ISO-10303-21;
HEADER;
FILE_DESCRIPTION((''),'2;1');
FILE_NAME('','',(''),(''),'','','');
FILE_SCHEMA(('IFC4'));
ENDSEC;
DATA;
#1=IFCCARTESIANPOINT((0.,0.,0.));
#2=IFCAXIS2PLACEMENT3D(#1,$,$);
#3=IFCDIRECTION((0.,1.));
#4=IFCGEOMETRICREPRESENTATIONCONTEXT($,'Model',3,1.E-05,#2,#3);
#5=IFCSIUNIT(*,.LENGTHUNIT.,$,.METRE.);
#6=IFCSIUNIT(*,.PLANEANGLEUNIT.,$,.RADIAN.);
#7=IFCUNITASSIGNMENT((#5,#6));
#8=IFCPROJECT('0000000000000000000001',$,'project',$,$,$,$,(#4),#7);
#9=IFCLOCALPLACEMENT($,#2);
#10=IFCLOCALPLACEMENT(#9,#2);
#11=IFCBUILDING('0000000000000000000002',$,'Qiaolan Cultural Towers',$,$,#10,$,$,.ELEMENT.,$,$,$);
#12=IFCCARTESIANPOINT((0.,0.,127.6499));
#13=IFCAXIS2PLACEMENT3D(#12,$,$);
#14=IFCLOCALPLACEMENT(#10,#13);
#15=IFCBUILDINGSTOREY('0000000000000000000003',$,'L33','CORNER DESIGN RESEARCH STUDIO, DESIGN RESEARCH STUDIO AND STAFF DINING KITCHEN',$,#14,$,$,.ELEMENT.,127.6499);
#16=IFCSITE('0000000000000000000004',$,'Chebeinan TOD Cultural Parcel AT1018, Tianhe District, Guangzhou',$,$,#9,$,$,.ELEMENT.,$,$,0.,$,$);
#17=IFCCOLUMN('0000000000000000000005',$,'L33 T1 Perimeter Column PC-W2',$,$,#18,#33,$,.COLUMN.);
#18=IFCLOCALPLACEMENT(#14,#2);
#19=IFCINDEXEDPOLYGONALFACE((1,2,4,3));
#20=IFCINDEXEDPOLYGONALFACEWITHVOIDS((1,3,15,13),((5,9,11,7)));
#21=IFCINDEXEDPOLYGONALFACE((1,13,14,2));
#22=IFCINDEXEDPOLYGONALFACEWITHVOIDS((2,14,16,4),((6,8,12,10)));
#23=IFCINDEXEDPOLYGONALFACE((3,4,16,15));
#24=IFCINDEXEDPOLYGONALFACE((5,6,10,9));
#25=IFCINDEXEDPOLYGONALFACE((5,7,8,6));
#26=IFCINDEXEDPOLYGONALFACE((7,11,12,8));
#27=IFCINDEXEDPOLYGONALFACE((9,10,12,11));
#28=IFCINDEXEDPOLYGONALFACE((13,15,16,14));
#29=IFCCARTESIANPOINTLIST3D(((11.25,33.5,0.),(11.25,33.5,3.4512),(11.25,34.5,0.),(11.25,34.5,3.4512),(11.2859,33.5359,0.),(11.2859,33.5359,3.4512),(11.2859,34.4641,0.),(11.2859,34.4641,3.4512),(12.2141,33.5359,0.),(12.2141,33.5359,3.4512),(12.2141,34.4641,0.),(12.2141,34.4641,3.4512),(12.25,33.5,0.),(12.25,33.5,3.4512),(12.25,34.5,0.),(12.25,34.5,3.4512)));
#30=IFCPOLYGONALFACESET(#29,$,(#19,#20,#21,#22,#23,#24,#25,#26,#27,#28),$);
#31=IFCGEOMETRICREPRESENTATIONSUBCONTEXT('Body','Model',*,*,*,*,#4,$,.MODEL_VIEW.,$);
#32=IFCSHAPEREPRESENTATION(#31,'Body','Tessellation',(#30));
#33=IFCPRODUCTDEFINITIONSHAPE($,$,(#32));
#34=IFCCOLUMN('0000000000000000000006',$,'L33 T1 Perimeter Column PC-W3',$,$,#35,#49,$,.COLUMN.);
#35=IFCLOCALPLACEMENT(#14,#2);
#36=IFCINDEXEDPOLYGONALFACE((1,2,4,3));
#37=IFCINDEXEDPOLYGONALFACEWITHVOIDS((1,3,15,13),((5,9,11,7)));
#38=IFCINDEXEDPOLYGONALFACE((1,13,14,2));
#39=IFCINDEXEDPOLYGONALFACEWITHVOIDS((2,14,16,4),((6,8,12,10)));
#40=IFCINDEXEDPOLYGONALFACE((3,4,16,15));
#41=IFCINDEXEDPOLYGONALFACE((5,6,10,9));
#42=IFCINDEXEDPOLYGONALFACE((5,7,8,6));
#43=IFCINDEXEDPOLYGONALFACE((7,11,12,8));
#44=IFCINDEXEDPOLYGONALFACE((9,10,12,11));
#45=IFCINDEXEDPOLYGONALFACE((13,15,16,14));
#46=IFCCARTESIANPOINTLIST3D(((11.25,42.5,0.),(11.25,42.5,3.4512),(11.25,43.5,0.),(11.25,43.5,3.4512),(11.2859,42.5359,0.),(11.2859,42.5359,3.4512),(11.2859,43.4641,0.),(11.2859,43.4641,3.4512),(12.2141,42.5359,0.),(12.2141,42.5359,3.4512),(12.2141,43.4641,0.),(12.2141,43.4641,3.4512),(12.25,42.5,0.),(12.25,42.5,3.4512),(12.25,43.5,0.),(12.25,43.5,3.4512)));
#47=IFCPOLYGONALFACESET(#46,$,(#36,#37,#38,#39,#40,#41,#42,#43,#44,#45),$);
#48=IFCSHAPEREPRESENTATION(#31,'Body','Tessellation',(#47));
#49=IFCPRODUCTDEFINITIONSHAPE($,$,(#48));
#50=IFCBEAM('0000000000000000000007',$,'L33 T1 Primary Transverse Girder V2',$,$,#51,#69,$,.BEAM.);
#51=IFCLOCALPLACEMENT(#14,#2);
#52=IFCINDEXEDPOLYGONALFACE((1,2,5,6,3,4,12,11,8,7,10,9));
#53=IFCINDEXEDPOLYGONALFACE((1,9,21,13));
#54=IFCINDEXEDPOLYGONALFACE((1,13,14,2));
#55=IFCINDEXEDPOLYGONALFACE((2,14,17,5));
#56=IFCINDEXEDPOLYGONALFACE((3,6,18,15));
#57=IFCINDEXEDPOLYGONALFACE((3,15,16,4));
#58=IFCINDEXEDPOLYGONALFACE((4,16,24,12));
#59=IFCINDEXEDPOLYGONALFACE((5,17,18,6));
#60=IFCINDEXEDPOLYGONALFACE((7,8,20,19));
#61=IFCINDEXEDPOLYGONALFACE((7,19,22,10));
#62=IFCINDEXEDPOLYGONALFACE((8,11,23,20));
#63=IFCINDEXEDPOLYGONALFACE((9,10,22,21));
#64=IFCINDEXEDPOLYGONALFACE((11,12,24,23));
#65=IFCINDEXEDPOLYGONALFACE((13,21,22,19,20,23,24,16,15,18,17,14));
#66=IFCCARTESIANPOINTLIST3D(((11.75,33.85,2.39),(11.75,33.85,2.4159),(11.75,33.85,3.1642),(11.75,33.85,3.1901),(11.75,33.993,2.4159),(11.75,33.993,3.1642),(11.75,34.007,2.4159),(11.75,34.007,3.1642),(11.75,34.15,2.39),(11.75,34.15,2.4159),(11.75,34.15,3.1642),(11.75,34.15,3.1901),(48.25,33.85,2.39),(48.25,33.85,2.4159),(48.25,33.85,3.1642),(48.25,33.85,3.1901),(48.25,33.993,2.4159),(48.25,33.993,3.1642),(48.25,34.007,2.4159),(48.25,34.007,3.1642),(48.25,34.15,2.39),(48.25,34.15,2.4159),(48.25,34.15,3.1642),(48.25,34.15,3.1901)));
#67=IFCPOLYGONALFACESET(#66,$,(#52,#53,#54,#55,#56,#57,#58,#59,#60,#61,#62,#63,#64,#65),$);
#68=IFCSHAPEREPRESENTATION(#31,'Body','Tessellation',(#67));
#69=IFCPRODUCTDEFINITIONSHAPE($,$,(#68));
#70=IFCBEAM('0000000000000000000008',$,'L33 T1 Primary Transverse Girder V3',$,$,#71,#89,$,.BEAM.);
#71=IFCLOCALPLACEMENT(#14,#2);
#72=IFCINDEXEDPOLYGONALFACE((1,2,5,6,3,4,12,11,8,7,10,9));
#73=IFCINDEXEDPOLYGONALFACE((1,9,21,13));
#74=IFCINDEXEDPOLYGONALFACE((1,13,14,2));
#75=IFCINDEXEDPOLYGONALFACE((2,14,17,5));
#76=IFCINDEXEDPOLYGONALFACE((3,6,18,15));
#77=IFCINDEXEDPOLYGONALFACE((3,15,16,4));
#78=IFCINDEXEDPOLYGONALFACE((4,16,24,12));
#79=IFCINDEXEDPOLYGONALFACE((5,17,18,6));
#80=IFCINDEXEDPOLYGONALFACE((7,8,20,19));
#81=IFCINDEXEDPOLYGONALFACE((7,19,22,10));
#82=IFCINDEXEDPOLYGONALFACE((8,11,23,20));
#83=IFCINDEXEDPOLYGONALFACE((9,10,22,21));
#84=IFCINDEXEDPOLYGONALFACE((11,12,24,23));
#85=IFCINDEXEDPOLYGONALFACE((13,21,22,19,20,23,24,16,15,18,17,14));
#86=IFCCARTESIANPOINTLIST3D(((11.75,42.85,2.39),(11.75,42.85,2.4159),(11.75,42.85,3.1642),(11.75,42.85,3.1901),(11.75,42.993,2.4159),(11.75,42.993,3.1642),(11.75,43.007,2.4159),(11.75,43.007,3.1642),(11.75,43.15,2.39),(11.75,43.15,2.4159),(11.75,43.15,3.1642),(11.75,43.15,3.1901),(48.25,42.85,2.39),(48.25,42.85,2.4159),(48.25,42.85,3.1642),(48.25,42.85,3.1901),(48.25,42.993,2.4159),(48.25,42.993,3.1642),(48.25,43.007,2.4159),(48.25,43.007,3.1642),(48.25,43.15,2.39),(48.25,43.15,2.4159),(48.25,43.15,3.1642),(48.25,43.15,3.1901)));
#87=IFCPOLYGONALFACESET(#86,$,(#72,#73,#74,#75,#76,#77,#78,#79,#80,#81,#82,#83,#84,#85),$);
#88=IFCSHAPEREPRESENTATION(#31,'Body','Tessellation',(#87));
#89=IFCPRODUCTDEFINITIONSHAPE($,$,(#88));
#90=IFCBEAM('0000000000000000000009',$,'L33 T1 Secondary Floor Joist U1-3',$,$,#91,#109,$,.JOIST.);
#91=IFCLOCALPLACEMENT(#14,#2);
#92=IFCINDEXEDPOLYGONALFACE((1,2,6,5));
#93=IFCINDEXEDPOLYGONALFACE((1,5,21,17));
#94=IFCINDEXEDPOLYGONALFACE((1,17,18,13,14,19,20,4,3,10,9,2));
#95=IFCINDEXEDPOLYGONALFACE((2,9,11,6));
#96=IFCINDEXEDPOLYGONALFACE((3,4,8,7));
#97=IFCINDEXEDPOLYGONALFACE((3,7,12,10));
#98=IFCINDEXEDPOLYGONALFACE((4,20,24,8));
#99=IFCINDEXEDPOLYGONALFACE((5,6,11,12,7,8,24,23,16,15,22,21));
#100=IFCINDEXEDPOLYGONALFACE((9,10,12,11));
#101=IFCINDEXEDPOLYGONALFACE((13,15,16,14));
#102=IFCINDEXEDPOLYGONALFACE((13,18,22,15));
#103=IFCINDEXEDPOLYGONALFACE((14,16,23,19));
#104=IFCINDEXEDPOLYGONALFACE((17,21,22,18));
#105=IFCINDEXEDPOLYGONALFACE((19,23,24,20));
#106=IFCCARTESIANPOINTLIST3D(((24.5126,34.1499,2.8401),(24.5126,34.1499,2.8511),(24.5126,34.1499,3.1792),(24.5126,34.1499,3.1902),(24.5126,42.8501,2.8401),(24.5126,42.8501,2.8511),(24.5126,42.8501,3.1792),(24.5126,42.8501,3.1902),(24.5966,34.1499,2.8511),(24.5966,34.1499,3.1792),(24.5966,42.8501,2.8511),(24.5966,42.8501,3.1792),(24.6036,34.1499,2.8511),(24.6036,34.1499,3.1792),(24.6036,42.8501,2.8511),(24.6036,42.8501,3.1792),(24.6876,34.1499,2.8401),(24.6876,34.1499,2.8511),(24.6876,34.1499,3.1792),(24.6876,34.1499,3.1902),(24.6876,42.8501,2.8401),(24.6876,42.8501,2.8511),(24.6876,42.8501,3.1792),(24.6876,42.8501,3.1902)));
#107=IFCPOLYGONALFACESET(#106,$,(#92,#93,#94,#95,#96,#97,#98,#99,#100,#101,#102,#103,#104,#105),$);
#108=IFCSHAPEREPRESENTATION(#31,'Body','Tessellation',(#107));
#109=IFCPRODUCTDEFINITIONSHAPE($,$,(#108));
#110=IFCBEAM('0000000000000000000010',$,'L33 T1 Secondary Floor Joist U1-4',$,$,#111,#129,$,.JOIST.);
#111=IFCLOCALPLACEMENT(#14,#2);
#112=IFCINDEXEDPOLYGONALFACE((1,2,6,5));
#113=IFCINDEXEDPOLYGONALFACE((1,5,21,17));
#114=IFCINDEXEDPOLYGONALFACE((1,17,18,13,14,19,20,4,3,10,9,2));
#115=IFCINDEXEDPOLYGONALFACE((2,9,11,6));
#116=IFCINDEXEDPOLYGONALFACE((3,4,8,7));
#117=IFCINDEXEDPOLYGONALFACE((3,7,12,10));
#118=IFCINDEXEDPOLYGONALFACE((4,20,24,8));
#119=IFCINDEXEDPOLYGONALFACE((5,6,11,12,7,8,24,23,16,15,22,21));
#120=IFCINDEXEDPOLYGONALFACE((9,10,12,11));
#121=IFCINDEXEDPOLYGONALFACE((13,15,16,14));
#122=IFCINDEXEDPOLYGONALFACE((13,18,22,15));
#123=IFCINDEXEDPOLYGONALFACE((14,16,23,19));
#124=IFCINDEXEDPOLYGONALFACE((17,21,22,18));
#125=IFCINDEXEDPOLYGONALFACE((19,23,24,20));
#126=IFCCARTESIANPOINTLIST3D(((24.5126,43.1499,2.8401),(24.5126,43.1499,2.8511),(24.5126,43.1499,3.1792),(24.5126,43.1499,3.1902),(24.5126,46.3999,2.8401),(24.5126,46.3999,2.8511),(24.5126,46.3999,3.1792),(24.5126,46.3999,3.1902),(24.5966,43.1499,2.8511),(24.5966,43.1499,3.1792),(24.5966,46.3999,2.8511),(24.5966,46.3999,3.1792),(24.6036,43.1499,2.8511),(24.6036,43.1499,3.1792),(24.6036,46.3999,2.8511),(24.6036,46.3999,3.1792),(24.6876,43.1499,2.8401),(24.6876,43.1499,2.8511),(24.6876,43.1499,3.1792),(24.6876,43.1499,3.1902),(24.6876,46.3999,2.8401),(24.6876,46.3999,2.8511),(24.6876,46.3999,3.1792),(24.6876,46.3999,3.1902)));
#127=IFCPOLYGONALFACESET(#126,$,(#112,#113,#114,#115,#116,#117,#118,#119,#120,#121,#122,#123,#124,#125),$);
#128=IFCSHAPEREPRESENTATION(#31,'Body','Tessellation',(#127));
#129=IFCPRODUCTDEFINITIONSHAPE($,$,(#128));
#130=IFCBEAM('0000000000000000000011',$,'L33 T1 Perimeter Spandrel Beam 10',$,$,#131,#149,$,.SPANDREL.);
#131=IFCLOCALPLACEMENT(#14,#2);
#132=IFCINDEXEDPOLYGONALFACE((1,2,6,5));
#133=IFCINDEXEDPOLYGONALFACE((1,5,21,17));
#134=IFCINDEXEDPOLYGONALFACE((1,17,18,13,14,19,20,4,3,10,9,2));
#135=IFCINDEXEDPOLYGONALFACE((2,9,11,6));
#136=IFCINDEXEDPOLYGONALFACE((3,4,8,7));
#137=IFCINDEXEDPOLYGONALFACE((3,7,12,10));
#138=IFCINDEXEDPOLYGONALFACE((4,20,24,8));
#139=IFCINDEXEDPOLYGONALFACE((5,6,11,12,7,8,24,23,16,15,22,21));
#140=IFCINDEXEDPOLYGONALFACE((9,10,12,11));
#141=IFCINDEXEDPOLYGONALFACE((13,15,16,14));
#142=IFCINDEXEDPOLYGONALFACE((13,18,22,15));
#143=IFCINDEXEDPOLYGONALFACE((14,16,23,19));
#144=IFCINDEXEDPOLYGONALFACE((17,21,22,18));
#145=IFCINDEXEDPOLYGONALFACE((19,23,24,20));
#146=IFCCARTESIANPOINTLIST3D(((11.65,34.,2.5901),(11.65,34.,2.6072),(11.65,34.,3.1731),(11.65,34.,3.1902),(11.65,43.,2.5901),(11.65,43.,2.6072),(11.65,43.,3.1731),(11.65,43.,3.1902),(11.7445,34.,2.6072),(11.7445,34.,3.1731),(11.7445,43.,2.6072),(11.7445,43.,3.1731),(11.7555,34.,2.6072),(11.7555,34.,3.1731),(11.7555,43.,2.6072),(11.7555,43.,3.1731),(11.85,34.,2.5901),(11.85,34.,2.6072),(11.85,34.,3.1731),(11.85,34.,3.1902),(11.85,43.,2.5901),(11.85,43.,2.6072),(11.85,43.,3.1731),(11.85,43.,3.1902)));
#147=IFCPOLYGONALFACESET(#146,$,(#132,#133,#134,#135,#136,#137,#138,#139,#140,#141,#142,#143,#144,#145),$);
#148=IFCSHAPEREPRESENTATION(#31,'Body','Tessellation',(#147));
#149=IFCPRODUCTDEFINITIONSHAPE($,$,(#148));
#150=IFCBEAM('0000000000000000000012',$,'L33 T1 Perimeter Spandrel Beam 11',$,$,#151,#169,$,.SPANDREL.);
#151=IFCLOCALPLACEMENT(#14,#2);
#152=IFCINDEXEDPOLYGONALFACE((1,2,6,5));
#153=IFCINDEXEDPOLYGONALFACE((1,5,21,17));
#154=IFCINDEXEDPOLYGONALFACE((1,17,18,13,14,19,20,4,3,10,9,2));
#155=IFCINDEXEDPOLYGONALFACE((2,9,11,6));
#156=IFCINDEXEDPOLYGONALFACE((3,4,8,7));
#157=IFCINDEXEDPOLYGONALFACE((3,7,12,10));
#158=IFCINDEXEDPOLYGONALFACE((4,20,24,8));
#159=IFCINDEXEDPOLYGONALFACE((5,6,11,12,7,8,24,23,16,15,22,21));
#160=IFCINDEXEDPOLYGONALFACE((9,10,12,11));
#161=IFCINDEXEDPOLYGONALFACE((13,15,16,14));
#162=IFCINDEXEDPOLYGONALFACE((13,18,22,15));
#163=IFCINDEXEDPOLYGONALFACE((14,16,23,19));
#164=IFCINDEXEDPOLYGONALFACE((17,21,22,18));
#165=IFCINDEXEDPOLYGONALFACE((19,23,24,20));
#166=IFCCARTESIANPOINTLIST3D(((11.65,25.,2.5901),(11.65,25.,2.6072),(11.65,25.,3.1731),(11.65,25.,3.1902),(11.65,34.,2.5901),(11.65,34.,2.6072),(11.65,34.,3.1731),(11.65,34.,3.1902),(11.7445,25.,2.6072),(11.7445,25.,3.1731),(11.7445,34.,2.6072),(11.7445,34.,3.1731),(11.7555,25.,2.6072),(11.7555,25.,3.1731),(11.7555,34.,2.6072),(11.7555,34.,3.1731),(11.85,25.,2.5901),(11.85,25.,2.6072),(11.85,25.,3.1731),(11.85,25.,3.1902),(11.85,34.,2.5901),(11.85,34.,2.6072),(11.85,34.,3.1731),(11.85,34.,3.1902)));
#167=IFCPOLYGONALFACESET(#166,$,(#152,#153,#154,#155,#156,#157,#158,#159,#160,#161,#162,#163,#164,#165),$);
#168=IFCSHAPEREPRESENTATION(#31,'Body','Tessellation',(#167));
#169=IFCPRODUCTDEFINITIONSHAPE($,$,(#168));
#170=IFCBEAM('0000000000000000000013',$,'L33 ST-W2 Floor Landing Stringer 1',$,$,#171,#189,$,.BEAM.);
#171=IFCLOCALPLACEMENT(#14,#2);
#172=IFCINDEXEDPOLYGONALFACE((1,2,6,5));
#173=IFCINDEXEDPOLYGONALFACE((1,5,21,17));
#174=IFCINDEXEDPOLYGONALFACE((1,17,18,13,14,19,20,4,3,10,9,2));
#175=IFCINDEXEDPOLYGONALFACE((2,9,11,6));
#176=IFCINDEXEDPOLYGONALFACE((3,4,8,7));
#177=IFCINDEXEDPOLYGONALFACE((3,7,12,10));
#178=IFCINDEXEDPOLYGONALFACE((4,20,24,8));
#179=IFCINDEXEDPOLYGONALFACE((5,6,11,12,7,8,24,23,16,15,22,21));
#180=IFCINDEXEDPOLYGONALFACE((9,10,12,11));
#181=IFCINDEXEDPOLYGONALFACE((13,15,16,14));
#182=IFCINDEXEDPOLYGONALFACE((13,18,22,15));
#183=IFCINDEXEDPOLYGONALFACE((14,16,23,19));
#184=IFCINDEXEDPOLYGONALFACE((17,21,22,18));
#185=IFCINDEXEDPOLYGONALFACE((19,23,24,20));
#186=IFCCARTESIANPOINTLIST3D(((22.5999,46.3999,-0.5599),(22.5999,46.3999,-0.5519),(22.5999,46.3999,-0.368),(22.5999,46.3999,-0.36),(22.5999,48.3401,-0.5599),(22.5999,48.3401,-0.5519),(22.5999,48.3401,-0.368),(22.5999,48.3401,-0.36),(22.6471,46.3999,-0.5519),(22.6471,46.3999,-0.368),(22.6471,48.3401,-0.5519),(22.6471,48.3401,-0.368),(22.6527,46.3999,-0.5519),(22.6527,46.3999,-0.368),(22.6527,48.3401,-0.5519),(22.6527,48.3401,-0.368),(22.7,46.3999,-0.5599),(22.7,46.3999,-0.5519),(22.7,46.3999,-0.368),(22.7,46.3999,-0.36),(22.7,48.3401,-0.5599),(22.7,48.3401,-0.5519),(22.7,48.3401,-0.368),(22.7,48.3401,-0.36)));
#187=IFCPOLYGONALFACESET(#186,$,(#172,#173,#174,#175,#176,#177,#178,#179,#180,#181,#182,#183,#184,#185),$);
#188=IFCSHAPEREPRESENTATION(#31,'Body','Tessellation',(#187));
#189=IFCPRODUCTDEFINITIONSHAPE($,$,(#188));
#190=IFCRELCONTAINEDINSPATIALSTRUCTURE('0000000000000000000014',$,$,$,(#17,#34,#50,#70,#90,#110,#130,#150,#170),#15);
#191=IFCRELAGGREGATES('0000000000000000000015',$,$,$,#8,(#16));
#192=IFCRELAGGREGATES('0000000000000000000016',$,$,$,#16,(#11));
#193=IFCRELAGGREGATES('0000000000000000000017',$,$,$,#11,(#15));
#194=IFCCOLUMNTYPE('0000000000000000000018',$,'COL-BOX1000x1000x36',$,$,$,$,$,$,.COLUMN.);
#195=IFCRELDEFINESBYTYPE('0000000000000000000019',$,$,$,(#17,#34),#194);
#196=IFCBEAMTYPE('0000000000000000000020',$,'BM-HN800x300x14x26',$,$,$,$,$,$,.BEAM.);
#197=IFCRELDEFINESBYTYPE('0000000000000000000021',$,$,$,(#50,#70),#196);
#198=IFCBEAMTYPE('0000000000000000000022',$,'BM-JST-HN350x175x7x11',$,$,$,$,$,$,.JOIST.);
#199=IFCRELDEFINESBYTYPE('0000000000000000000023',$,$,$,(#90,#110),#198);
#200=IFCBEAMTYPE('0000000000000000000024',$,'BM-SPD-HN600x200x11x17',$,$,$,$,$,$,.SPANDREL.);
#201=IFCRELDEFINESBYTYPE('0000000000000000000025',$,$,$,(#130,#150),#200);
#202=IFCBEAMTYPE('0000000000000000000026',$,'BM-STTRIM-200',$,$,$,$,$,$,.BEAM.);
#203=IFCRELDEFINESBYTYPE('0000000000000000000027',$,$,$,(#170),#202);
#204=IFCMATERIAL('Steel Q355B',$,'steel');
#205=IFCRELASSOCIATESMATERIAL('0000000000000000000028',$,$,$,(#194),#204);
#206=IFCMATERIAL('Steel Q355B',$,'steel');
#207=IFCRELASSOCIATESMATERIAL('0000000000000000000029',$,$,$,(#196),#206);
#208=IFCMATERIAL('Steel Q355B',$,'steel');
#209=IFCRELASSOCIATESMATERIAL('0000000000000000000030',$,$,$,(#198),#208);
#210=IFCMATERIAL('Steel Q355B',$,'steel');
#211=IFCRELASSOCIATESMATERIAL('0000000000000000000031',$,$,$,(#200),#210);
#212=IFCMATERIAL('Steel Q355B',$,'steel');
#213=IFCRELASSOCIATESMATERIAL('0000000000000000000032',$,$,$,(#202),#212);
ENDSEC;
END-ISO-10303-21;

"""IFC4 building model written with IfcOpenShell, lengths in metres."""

from ifc_helpers import new_model, si_unit, direction, frame, origin, origin_2d, place, context, subcontext, project, spatial, hollow_rectangle, i_section, extrude, material, material_profile, profile_set, type_object, element, save


model = new_model("IFC4")

# Units and contexts
model_context = context("Model", 3, precision=1e-05, world=origin(), true_north=direction((0.0, 1.0)))
body_context = subcontext(model_context, "Body", "Model", "MODEL_VIEW")
ifc_project = project(units=[si_unit("LENGTHUNIT", "METRE"), si_unit("PLANEANGLEUNIT", "RADIAN")], contexts=[model_context])

# Site, building, storey
site_placement = place(None, origin())
site = spatial("IfcSite", under=ifc_project, at=site_placement, Name="Chebeinan TOD Cultural Parcel AT1018, Tianhe District, Guangzhou", CompositionType="ELEMENT", RefElevation=0.0)
building_placement = place(site_placement, origin())
building = spatial("IfcBuilding", under=site, at=building_placement, Name="Qiaolan Cultural Towers", CompositionType="ELEMENT")
storey_placement = place(building_placement, frame((0.0, 0.0, 127.6499)))
storey = spatial("IfcBuildingStorey", under=building, at=storey_placement, Name="L33", Description="CORNER DESIGN RESEARCH STUDIO, DESIGN RESEARCH STUDIO AND STAFF DINING KITCHEN", CompositionType="ELEMENT", Elevation=127.6499)

# Columns
ifc_material_1 = material(Name="Steel Q355B", Category="steel")
ifc_material_profile_1 = material_profile(ifc_material_1, hollow_rectangle(XDim=1.0, YDim=1.0, WallThickness=0.0359, at=origin_2d()), Name="BOX1000x1000x36")
ifc_profile_set_1 = profile_set([ifc_material_profile_1], Name="Steel Q355B")
column_type = type_object("IfcColumnType", Name="COL-BOX1000x1000x36", PredefinedType="COLUMN", material=ifc_profile_set_1)
for number, where, z_axis, x_axis, name in (
    (1, (11.75, 34.0, 0.0), (0.0, 0.0, 1.0), (1.0, 0.0, 0.0), "L33 T1 Perimeter Column PC-W2"),
    (2, (11.75, 43.0, 0.0), (0.0, 0.0, 1.0), (1.0, 0.0, 0.0), "L33 T1 Perimeter Column PC-W3"),
):
    element("IfcColumn", number, at=place(storey_placement, frame(where, z_axis=z_axis, x_axis=x_axis)), inside=storey, type_object=column_type, Name=name, PredefinedType="COLUMN", context=body_context, shape_type="SweptSolid", body=[
        extrude(hollow_rectangle(XDim=1.0, YDim=1.0, WallThickness=0.0359, at=origin_2d()), origin(), (0.0, 0.0, 1.0), 3.4512),
    ])

# Beams
ifc_material_2 = material(Name="Steel Q355B", Category="steel")
ifc_material_profile_2 = material_profile(ifc_material_2, i_section(OverallWidth=0.3, OverallDepth=0.8, WebThickness=0.0139, FlangeThickness=0.0259, at=origin_2d()), Name="HN800x300x14x26")
ifc_profile_set_2 = profile_set([ifc_material_profile_2], Name="Steel Q355B")
beam_type_1 = type_object("IfcBeamType", Name="BM-HN800x300x14x26", PredefinedType="BEAM", material=ifc_profile_set_2)
for number, where, z_axis, x_axis, name in (
    (3, (11.75, 34.0, 2.79), (1.0, 0.0, 0.0), (0.0, 1.0, 0.0), "L33 T1 Primary Transverse Girder V2"),
    (4, (11.75, 43.0, 2.79), (1.0, 0.0, 0.0), (0.0, 1.0, 0.0), "L33 T1 Primary Transverse Girder V3"),
):
    element("IfcBeam", number, at=place(storey_placement, frame(where, z_axis=z_axis, x_axis=x_axis)), inside=storey, type_object=beam_type_1, Name=name, PredefinedType="BEAM", context=body_context, shape_type="SweptSolid", body=[
        extrude(i_section(OverallWidth=0.3, OverallDepth=0.8, WebThickness=0.0139, FlangeThickness=0.0259, at=origin_2d()), origin(), (0.0, 0.0, 1.0), 36.5),
    ])
ifc_material_3 = material(Name="Steel Q355B", Category="steel")
ifc_material_profile_3 = material_profile(ifc_material_3, i_section(OverallWidth=0.175, OverallDepth=0.3501, WebThickness=0.0071, FlangeThickness=0.011, at=origin_2d()), Name="HN350x175x7x11")
ifc_profile_set_3 = profile_set([ifc_material_profile_3], Name="Steel Q355B")
beam_type_2 = type_object("IfcBeamType", Name="BM-JST-HN350x175x7x11", PredefinedType="JOIST", material=ifc_profile_set_3)
beam_1_placement = place(storey_placement, frame((24.6001, 34.1499, 3.0151), z_axis=(0.0, 1.0, 0.0), x_axis=(-1.0, 0.0, 0.0)))
element("IfcBeam", 5, at=beam_1_placement, inside=storey, type_object=beam_type_2, Name="L33 T1 Secondary Floor Joist U1-3", PredefinedType="JOIST", context=body_context, shape_type="SweptSolid", body=[
    extrude(i_section(OverallWidth=0.175, OverallDepth=0.3501, WebThickness=0.0071, FlangeThickness=0.011, at=origin_2d()), origin(), (0.0, 0.0, 1.0), 8.7002),
])
beam_2_placement = place(storey_placement, frame((24.6001, 43.1499, 3.0151), z_axis=(0.0, 1.0, 0.0), x_axis=(-1.0, 0.0, 0.0)))
element("IfcBeam", 6, at=beam_2_placement, inside=storey, type_object=beam_type_2, Name="L33 T1 Secondary Floor Joist U1-4", PredefinedType="JOIST", context=body_context, shape_type="SweptSolid", body=[
    extrude(i_section(OverallWidth=0.175, OverallDepth=0.3501, WebThickness=0.0071, FlangeThickness=0.011, at=origin_2d()), origin(), (0.0, 0.0, 1.0), 3.25),
])
ifc_material_4 = material(Name="Steel Q355B", Category="steel")
ifc_material_profile_4 = material_profile(ifc_material_4, i_section(OverallWidth=0.2, OverallDepth=0.6001, WebThickness=0.011, FlangeThickness=0.0171, at=origin_2d()), Name="HN600x200x11x17")
ifc_profile_set_4 = profile_set([ifc_material_profile_4], Name="Steel Q355B")
beam_type_3 = type_object("IfcBeamType", Name="BM-SPD-HN600x200x11x17", PredefinedType="SPANDREL", material=ifc_profile_set_4)
for number, where, z_axis, x_axis, name in (
    (7, (11.75, 43.0, 2.8901), (0.0, -1.0, 0.0), (1.0, 0.0, 0.0), "L33 T1 Perimeter Spandrel Beam 10"),
    (8, (11.75, 34.0, 2.8901), (0.0, -1.0, 0.0), (1.0, 0.0, 0.0), "L33 T1 Perimeter Spandrel Beam 11"),
):
    element("IfcBeam", number, at=place(storey_placement, frame(where, z_axis=z_axis, x_axis=x_axis)), inside=storey, type_object=beam_type_3, Name=name, PredefinedType="SPANDREL", context=body_context, shape_type="SweptSolid", body=[
        extrude(i_section(OverallWidth=0.2, OverallDepth=0.6001, WebThickness=0.011, FlangeThickness=0.0171, at=origin_2d()), origin(), (0.0, 0.0, 1.0), 9.0),
    ])
ifc_material_5 = material(Name="Steel Q355B", Category="steel")
ifc_material_profile_5 = material_profile(ifc_material_5, i_section(OverallWidth=0.1001, OverallDepth=0.2, WebThickness=0.0056, FlangeThickness=0.0081, at=origin_2d()), Name="HN200x100x5.5x8")
ifc_profile_set_5 = profile_set([ifc_material_profile_5], Name="Steel Q355B")
beam_type_4 = type_object("IfcBeamType", Name="BM-STTRIM-200", PredefinedType="BEAM", material=ifc_profile_set_5)
for number, where, z_axis, x_axis, name in (
    (9, (22.6499, 46.3999, -0.46), (0.0, 1.0, 0.0), (-1.0, 0.0, 0.0), "L33 ST-W2 Floor Landing Stringer 1"),
):
    element("IfcBeam", number, at=place(storey_placement, frame(where, z_axis=z_axis, x_axis=x_axis)), inside=storey, type_object=beam_type_4, Name=name, PredefinedType="BEAM", context=body_context, shape_type="SweptSolid", body=[
        extrude(i_section(OverallWidth=0.1001, OverallDepth=0.2, WebThickness=0.0056, FlangeThickness=0.0081, at=origin_2d()), origin(), (0.0, 0.0, 1.0), 1.9402),
    ])

save(model, "model.ifc")
